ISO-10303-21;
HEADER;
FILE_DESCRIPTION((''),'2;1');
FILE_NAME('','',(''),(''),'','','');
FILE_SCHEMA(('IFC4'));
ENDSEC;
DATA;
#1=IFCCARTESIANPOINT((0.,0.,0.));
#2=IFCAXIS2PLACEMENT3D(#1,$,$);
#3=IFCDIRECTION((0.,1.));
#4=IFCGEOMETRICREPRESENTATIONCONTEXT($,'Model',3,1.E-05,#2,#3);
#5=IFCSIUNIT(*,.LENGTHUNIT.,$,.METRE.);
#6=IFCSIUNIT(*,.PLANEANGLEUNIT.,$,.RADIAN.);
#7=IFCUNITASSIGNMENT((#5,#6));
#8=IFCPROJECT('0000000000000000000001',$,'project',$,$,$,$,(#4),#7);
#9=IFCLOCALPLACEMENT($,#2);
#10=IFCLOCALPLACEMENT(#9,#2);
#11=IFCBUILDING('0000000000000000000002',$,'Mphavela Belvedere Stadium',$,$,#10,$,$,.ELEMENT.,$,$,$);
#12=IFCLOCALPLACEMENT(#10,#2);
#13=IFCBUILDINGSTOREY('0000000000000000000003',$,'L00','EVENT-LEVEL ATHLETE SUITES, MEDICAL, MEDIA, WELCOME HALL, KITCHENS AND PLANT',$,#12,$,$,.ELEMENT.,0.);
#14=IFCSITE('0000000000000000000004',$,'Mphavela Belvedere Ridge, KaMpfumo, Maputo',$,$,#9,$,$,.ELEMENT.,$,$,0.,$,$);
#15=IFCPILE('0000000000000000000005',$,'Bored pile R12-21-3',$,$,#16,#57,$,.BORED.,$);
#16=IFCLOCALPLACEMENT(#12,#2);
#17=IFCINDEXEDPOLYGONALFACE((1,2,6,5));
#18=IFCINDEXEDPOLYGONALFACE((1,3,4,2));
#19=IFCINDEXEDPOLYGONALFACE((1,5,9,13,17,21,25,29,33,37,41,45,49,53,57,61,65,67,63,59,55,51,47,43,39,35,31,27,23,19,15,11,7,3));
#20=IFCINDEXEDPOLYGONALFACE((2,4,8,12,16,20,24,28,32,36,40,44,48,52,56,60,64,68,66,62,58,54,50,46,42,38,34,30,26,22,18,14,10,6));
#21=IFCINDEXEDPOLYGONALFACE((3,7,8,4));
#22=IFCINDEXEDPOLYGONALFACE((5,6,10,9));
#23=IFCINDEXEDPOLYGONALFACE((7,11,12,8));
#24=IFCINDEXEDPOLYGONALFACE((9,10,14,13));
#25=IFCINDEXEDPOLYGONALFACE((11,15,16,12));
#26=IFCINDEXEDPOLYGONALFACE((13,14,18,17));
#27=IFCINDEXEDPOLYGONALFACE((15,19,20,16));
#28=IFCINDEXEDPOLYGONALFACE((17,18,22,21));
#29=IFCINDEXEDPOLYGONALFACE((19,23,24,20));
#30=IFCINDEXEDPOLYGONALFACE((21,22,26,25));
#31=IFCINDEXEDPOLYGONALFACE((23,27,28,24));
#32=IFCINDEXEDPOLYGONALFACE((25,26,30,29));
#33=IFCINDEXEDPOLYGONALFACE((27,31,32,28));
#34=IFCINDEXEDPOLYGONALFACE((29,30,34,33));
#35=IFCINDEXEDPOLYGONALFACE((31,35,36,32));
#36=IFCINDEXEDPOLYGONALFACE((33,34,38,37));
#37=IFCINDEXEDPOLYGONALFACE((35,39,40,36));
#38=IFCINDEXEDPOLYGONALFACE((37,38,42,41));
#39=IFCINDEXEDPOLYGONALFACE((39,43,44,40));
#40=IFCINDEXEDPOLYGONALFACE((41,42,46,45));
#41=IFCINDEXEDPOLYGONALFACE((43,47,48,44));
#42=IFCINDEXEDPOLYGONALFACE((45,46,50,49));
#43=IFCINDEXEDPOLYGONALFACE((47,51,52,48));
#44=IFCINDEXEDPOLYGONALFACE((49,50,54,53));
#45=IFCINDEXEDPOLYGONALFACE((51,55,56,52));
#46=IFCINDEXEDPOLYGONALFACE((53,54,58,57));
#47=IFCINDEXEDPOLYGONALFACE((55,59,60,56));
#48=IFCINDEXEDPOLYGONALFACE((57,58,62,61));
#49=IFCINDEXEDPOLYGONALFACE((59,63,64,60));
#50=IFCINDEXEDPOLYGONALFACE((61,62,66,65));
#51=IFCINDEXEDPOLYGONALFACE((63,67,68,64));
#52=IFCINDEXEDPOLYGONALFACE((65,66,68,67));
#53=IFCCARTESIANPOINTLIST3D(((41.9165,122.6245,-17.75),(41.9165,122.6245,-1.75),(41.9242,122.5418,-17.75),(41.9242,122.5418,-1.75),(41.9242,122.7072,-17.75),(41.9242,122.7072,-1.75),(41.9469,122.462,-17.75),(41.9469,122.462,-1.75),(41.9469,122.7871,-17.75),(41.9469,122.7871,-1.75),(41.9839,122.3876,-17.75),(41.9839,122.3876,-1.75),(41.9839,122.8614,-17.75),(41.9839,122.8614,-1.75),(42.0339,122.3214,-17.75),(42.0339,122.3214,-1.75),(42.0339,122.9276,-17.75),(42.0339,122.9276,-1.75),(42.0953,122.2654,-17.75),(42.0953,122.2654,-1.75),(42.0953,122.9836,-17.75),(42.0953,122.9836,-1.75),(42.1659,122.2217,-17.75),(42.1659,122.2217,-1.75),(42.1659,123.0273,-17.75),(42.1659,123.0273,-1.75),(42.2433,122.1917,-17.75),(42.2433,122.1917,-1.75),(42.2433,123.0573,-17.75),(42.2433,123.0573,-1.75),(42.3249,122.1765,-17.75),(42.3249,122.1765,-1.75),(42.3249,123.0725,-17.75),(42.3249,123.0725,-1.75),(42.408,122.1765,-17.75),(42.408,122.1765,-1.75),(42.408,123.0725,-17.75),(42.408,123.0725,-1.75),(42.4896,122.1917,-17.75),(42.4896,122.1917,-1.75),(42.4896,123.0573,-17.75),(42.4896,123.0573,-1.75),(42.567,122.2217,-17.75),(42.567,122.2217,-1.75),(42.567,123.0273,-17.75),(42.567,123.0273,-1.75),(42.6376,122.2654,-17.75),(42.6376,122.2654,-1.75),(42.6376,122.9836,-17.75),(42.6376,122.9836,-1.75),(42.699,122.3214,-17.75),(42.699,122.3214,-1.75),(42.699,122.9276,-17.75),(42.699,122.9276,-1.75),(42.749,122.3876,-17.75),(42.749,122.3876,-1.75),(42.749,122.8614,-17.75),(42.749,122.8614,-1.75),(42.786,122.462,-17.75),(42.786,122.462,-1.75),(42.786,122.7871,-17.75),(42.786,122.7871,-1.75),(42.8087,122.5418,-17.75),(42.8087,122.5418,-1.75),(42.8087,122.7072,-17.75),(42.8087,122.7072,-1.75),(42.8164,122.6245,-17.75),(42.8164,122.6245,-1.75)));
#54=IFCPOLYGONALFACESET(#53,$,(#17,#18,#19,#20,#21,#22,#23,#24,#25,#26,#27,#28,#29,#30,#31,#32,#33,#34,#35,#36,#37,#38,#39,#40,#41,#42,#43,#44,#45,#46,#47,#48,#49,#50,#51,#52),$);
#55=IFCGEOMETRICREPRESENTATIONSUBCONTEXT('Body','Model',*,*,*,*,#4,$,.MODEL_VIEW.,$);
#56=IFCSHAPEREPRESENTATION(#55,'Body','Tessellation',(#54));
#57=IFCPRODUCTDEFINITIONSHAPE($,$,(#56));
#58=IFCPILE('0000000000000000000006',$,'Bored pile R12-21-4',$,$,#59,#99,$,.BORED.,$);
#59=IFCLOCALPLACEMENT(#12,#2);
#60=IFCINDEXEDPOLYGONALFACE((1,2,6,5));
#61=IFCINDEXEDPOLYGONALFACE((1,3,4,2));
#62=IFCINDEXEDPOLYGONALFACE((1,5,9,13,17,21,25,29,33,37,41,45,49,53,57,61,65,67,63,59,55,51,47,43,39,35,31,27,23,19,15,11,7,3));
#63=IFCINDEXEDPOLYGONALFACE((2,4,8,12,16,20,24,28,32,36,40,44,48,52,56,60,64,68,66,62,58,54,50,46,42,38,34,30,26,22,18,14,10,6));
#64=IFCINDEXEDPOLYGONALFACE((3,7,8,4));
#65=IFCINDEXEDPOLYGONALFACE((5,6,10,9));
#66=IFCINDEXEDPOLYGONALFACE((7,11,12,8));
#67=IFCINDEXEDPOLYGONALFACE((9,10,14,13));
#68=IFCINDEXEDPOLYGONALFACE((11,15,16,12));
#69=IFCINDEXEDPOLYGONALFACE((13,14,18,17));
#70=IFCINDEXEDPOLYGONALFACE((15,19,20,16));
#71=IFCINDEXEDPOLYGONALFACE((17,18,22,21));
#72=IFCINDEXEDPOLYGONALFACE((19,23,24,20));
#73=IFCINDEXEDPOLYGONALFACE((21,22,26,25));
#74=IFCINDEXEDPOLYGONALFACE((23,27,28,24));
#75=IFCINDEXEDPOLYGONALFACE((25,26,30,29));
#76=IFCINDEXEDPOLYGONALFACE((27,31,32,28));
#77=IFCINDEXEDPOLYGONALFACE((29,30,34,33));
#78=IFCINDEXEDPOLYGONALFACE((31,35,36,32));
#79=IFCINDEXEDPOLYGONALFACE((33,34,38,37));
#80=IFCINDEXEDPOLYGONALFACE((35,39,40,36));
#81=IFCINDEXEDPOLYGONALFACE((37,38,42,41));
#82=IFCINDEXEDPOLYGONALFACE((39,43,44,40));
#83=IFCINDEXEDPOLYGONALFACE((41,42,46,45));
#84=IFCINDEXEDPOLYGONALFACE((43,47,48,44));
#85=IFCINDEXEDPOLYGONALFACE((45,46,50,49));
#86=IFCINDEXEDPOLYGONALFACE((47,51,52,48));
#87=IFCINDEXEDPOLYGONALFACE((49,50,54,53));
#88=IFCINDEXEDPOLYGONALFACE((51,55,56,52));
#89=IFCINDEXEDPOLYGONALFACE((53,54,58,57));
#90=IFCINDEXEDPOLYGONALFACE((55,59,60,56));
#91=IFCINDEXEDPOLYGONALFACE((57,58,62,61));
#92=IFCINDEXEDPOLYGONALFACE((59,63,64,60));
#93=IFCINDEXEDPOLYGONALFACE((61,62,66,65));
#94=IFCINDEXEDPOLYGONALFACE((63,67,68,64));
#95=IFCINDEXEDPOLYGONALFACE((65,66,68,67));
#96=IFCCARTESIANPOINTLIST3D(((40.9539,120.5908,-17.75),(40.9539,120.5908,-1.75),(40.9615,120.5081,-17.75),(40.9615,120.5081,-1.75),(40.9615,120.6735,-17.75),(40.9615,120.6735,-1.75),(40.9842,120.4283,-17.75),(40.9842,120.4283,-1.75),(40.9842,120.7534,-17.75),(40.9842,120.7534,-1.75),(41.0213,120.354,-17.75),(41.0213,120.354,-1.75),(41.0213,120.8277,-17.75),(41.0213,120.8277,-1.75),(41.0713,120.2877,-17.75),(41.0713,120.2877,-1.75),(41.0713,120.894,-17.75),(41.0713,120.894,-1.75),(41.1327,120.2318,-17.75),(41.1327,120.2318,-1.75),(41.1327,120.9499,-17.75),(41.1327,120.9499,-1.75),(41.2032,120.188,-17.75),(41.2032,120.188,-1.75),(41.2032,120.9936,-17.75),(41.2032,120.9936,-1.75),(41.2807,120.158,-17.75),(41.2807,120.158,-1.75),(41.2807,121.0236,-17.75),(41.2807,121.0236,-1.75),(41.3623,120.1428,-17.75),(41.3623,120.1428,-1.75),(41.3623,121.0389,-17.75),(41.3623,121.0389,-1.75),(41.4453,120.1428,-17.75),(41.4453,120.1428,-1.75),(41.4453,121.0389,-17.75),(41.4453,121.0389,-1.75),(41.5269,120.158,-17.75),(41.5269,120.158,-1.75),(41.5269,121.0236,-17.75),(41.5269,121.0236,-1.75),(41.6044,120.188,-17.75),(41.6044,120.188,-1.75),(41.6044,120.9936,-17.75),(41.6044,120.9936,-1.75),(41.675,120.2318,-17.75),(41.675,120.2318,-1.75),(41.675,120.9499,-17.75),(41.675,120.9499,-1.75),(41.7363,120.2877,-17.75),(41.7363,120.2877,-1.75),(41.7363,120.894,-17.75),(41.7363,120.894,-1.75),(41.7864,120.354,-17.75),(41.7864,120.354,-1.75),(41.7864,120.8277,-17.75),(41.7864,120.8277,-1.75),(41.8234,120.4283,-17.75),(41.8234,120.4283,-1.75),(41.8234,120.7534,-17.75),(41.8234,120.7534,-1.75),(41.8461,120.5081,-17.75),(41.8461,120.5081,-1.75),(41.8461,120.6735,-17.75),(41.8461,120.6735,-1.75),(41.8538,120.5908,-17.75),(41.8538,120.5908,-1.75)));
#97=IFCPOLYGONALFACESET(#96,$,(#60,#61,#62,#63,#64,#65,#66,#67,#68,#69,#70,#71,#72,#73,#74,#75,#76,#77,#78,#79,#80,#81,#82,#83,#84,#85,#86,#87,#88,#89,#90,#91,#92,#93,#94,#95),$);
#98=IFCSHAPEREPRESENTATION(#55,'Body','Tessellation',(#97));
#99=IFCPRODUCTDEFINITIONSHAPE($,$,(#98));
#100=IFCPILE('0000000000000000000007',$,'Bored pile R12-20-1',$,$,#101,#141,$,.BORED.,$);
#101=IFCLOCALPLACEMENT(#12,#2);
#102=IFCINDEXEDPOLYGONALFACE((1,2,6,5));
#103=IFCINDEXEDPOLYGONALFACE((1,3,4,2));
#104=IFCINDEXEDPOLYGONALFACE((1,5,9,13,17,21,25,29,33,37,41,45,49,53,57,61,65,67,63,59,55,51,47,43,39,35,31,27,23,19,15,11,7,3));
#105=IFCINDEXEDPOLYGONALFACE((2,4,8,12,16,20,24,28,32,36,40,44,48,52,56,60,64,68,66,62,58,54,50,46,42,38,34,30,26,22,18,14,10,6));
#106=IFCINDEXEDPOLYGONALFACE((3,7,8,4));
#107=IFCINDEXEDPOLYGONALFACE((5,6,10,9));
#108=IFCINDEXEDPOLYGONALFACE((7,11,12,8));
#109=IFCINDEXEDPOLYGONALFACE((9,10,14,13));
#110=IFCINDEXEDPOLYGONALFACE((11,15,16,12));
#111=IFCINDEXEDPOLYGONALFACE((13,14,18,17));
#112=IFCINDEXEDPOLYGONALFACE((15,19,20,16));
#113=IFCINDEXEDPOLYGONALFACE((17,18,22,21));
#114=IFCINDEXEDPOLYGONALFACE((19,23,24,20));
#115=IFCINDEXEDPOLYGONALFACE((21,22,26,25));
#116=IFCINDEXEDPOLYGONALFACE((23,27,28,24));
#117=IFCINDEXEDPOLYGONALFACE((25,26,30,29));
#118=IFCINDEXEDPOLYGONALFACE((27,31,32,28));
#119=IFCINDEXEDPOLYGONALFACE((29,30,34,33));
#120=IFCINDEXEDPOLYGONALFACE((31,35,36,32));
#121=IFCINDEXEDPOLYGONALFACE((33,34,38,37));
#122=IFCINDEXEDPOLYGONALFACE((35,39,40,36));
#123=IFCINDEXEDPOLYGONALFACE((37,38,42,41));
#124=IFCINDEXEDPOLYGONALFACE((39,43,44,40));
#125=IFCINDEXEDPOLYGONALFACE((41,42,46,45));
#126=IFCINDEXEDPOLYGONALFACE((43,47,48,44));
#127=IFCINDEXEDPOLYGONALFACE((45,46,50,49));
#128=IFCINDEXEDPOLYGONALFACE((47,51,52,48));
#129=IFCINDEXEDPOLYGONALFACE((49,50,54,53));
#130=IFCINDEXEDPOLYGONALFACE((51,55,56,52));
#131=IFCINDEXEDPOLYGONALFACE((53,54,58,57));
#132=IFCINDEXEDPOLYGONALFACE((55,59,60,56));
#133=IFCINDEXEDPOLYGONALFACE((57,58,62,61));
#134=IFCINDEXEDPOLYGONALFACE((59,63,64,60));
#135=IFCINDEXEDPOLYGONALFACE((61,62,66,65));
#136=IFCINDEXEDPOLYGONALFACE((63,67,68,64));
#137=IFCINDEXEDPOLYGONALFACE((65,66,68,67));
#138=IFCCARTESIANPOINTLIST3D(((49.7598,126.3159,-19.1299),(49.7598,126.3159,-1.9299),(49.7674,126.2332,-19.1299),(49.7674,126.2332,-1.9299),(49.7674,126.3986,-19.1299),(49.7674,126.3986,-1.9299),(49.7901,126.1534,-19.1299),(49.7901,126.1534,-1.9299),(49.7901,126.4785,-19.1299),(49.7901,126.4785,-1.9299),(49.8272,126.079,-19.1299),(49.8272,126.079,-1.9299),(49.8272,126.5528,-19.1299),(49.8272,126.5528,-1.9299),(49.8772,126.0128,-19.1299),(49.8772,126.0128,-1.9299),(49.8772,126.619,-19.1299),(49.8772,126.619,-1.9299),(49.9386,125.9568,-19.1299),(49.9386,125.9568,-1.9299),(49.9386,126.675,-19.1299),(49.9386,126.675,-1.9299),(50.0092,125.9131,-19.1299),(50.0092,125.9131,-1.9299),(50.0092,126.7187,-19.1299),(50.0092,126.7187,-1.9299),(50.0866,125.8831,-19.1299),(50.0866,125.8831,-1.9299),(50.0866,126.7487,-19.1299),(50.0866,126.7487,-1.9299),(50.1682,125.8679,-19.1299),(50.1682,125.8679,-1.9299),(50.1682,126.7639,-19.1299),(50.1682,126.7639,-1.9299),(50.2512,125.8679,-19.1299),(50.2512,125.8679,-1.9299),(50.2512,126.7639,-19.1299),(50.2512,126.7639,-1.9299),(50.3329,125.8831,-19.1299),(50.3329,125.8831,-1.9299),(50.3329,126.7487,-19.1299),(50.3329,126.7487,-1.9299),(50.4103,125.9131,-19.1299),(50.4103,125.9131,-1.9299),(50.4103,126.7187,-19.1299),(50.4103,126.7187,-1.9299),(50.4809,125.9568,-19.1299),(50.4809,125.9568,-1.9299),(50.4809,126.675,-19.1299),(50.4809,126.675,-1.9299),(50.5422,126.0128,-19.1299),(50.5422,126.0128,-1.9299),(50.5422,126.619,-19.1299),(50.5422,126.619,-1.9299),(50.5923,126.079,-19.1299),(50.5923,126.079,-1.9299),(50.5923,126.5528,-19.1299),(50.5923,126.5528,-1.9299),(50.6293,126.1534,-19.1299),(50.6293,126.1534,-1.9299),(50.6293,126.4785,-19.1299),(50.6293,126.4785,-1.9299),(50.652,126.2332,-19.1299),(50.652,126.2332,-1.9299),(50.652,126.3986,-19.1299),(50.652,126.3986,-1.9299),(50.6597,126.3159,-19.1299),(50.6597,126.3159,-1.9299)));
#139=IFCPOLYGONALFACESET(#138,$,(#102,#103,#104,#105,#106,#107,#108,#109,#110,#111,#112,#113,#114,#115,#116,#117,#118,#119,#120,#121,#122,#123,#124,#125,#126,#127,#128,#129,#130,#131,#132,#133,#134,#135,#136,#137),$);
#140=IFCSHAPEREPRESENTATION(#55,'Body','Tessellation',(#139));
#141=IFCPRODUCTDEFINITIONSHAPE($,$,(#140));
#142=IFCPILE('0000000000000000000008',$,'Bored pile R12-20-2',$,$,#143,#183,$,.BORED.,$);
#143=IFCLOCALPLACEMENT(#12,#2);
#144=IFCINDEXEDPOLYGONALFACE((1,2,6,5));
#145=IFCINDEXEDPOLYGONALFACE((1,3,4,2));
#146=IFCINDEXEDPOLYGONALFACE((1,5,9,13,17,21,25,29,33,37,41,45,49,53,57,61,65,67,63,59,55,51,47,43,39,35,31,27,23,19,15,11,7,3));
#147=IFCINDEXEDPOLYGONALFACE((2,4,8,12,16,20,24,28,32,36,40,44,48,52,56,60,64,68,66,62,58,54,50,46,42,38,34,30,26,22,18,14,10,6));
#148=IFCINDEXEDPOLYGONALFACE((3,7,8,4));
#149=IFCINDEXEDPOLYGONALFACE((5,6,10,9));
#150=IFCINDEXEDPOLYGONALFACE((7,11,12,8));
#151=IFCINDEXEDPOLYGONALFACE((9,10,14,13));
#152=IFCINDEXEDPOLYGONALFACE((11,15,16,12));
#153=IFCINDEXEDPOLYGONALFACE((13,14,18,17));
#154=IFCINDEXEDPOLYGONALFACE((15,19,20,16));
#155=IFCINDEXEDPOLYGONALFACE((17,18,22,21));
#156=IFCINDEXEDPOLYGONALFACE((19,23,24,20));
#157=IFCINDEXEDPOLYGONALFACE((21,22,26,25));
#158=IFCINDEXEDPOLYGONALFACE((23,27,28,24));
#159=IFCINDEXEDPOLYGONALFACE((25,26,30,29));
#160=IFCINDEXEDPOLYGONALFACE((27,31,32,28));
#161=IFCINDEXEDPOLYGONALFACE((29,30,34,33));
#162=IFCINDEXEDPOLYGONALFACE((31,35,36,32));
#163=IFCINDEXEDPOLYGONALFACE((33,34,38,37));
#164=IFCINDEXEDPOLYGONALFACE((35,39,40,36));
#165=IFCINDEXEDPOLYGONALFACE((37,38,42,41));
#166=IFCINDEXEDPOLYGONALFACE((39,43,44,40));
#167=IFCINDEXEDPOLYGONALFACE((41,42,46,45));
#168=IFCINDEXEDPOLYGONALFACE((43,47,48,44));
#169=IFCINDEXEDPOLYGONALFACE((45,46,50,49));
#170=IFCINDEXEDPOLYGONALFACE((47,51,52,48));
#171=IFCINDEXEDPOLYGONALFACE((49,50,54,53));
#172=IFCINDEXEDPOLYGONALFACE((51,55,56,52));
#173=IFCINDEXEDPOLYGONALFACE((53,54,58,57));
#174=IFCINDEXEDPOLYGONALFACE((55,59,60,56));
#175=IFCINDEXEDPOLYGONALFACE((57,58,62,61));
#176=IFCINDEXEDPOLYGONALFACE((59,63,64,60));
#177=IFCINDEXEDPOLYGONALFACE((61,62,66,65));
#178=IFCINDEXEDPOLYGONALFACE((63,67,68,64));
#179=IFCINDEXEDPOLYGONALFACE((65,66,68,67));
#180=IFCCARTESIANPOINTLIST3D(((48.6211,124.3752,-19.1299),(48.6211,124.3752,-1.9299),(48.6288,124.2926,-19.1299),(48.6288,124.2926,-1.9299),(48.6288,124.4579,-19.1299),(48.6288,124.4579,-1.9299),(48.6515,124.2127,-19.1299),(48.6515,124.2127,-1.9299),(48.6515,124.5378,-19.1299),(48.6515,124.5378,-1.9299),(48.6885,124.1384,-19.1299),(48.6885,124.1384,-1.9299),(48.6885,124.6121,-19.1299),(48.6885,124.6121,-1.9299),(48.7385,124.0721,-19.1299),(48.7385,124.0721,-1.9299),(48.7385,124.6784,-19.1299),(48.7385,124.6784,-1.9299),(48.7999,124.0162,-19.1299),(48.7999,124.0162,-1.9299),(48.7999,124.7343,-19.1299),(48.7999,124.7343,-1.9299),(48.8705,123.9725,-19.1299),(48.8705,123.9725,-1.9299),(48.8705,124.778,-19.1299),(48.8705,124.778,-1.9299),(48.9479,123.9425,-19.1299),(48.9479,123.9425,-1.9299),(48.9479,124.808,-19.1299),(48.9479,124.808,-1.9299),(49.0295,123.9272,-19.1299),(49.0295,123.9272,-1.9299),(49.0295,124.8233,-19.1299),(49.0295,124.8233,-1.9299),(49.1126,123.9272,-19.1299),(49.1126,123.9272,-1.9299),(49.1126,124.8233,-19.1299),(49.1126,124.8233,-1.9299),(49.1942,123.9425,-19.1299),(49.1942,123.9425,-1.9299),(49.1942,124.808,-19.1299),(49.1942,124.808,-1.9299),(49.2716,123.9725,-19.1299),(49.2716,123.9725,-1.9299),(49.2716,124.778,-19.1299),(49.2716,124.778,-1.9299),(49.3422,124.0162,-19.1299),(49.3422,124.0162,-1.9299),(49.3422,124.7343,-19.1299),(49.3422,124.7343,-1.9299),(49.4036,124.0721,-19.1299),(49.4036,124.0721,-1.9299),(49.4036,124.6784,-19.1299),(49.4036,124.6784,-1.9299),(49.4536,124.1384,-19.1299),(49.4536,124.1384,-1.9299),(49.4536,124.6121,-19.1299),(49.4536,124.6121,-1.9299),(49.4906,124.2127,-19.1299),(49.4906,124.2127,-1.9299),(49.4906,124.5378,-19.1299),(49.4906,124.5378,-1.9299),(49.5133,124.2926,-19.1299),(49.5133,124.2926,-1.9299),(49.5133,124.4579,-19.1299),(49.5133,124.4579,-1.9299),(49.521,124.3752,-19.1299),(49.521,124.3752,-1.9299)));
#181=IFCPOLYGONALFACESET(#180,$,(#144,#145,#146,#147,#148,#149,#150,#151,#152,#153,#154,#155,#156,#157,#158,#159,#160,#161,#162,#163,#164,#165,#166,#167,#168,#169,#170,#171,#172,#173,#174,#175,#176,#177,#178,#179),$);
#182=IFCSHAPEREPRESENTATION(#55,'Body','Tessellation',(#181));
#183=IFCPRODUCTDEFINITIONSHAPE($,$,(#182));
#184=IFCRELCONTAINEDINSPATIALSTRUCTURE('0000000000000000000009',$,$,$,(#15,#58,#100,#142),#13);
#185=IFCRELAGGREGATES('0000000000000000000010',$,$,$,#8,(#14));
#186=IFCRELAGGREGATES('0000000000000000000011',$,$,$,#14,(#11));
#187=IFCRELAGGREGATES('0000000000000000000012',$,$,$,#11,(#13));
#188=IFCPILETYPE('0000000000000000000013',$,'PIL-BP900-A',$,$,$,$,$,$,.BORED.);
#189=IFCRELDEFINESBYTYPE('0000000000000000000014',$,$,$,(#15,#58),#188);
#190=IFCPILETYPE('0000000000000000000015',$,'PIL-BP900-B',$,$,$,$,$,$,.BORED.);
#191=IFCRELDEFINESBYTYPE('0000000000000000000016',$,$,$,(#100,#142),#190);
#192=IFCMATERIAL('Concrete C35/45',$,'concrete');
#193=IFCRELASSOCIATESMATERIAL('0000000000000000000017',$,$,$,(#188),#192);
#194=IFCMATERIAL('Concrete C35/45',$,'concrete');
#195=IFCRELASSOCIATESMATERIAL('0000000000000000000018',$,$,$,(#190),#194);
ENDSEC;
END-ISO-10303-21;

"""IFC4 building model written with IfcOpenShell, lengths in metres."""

from ifc_helpers import new_model, si_unit, direction, frame, origin, origin_2d, place, context, subcontext, project, spatial, circle, extrude, material, material_profile, profile_set, type_object, element, save


model = new_model("IFC4")

# Units and contexts
model_context = context("Model", 3, precision=1e-05, world=origin(), true_north=direction((0.0, 1.0)))
body_context = subcontext(model_context, "Body", "Model", "MODEL_VIEW")
ifc_project = project(units=[si_unit("LENGTHUNIT", "METRE"), si_unit("PLANEANGLEUNIT", "RADIAN")], contexts=[model_context])

# Site, building, storey
site_placement = place(None, origin())
site = spatial("IfcSite", under=ifc_project, at=site_placement, Name="Mphavela Belvedere Ridge, KaMpfumo, Maputo", CompositionType="ELEMENT", RefElevation=0.0)
building_placement = place(site_placement, origin())
building = spatial("IfcBuilding", under=site, at=building_placement, Name="Mphavela Belvedere Stadium", CompositionType="ELEMENT")
storey_placement = place(building_placement, origin())
storey = spatial("IfcBuildingStorey", under=building, at=storey_placement, Name="L00", Description="EVENT-LEVEL ATHLETE SUITES, MEDICAL, MEDIA, WELCOME HALL, KITCHENS AND PLANT", CompositionType="ELEMENT", Elevation=0.0)

# Piles
ifc_material_1 = material(Name="Concrete C35/45", Category="concrete")
ifc_material_profile_1 = material_profile(ifc_material_1, circle(Radius=0.45, at=origin_2d()), Name="BP D900")
ifc_profile_set_1 = profile_set([ifc_material_profile_1], Name="Concrete C35/45")
pile_type_1 = type_object("IfcPileType", Name="PIL-BP900-A", PredefinedType="BORED", material=ifc_profile_set_1)
for number, where, z_axis, x_axis, name in (
    (1, (42.3665, 122.6245, -1.75), (0.0, 0.0, -1.0), (1.0, 0.0, 0.0), "Bored pile R12-21-3"),
    (2, (41.4038, 120.5908, -1.75), (0.0, 0.0, -1.0), (1.0, 0.0, 0.0), "Bored pile R12-21-4"),
):
    element("IfcPile", number, at=place(storey_placement, frame(where, z_axis=z_axis, x_axis=x_axis)), inside=storey, type_object=pile_type_1, Name=name, PredefinedType="BORED", context=body_context, shape_type="SweptSolid", body=[
        extrude(circle(Radius=0.45, at=origin_2d()), origin(), (0.0, 0.0, 1.0), 16.0),
    ])
ifc_material_2 = material(Name="Concrete C35/45", Category="concrete")
ifc_material_profile_2 = material_profile(ifc_material_2, circle(Radius=0.45, at=origin_2d()), Name="BP D900")
ifc_profile_set_2 = profile_set([ifc_material_profile_2], Name="Concrete C35/45")
pile_type_2 = type_object("IfcPileType", Name="PIL-BP900-B", PredefinedType="BORED", material=ifc_profile_set_2)
for number, where, z_axis, x_axis, name in (
    (3, (50.2097, 126.3159, -1.9299), (0.0, 0.0, -1.0), (1.0, 0.0, 0.0), "Bored pile R12-20-1"),
    (4, (49.071, 124.3752, -1.9299), (0.0, 0.0, -1.0), (1.0, 0.0, 0.0), "Bored pile R12-20-2"),
):
    element("IfcPile", number, at=place(storey_placement, frame(where, z_axis=z_axis, x_axis=x_axis)), inside=storey, type_object=pile_type_2, Name=name, PredefinedType="BORED", context=body_context, shape_type="SweptSolid", body=[
        extrude(circle(Radius=0.45, at=origin_2d()), origin(), (0.0, 0.0, 1.0), 17.2),
    ])

save(model, "model.ifc")
